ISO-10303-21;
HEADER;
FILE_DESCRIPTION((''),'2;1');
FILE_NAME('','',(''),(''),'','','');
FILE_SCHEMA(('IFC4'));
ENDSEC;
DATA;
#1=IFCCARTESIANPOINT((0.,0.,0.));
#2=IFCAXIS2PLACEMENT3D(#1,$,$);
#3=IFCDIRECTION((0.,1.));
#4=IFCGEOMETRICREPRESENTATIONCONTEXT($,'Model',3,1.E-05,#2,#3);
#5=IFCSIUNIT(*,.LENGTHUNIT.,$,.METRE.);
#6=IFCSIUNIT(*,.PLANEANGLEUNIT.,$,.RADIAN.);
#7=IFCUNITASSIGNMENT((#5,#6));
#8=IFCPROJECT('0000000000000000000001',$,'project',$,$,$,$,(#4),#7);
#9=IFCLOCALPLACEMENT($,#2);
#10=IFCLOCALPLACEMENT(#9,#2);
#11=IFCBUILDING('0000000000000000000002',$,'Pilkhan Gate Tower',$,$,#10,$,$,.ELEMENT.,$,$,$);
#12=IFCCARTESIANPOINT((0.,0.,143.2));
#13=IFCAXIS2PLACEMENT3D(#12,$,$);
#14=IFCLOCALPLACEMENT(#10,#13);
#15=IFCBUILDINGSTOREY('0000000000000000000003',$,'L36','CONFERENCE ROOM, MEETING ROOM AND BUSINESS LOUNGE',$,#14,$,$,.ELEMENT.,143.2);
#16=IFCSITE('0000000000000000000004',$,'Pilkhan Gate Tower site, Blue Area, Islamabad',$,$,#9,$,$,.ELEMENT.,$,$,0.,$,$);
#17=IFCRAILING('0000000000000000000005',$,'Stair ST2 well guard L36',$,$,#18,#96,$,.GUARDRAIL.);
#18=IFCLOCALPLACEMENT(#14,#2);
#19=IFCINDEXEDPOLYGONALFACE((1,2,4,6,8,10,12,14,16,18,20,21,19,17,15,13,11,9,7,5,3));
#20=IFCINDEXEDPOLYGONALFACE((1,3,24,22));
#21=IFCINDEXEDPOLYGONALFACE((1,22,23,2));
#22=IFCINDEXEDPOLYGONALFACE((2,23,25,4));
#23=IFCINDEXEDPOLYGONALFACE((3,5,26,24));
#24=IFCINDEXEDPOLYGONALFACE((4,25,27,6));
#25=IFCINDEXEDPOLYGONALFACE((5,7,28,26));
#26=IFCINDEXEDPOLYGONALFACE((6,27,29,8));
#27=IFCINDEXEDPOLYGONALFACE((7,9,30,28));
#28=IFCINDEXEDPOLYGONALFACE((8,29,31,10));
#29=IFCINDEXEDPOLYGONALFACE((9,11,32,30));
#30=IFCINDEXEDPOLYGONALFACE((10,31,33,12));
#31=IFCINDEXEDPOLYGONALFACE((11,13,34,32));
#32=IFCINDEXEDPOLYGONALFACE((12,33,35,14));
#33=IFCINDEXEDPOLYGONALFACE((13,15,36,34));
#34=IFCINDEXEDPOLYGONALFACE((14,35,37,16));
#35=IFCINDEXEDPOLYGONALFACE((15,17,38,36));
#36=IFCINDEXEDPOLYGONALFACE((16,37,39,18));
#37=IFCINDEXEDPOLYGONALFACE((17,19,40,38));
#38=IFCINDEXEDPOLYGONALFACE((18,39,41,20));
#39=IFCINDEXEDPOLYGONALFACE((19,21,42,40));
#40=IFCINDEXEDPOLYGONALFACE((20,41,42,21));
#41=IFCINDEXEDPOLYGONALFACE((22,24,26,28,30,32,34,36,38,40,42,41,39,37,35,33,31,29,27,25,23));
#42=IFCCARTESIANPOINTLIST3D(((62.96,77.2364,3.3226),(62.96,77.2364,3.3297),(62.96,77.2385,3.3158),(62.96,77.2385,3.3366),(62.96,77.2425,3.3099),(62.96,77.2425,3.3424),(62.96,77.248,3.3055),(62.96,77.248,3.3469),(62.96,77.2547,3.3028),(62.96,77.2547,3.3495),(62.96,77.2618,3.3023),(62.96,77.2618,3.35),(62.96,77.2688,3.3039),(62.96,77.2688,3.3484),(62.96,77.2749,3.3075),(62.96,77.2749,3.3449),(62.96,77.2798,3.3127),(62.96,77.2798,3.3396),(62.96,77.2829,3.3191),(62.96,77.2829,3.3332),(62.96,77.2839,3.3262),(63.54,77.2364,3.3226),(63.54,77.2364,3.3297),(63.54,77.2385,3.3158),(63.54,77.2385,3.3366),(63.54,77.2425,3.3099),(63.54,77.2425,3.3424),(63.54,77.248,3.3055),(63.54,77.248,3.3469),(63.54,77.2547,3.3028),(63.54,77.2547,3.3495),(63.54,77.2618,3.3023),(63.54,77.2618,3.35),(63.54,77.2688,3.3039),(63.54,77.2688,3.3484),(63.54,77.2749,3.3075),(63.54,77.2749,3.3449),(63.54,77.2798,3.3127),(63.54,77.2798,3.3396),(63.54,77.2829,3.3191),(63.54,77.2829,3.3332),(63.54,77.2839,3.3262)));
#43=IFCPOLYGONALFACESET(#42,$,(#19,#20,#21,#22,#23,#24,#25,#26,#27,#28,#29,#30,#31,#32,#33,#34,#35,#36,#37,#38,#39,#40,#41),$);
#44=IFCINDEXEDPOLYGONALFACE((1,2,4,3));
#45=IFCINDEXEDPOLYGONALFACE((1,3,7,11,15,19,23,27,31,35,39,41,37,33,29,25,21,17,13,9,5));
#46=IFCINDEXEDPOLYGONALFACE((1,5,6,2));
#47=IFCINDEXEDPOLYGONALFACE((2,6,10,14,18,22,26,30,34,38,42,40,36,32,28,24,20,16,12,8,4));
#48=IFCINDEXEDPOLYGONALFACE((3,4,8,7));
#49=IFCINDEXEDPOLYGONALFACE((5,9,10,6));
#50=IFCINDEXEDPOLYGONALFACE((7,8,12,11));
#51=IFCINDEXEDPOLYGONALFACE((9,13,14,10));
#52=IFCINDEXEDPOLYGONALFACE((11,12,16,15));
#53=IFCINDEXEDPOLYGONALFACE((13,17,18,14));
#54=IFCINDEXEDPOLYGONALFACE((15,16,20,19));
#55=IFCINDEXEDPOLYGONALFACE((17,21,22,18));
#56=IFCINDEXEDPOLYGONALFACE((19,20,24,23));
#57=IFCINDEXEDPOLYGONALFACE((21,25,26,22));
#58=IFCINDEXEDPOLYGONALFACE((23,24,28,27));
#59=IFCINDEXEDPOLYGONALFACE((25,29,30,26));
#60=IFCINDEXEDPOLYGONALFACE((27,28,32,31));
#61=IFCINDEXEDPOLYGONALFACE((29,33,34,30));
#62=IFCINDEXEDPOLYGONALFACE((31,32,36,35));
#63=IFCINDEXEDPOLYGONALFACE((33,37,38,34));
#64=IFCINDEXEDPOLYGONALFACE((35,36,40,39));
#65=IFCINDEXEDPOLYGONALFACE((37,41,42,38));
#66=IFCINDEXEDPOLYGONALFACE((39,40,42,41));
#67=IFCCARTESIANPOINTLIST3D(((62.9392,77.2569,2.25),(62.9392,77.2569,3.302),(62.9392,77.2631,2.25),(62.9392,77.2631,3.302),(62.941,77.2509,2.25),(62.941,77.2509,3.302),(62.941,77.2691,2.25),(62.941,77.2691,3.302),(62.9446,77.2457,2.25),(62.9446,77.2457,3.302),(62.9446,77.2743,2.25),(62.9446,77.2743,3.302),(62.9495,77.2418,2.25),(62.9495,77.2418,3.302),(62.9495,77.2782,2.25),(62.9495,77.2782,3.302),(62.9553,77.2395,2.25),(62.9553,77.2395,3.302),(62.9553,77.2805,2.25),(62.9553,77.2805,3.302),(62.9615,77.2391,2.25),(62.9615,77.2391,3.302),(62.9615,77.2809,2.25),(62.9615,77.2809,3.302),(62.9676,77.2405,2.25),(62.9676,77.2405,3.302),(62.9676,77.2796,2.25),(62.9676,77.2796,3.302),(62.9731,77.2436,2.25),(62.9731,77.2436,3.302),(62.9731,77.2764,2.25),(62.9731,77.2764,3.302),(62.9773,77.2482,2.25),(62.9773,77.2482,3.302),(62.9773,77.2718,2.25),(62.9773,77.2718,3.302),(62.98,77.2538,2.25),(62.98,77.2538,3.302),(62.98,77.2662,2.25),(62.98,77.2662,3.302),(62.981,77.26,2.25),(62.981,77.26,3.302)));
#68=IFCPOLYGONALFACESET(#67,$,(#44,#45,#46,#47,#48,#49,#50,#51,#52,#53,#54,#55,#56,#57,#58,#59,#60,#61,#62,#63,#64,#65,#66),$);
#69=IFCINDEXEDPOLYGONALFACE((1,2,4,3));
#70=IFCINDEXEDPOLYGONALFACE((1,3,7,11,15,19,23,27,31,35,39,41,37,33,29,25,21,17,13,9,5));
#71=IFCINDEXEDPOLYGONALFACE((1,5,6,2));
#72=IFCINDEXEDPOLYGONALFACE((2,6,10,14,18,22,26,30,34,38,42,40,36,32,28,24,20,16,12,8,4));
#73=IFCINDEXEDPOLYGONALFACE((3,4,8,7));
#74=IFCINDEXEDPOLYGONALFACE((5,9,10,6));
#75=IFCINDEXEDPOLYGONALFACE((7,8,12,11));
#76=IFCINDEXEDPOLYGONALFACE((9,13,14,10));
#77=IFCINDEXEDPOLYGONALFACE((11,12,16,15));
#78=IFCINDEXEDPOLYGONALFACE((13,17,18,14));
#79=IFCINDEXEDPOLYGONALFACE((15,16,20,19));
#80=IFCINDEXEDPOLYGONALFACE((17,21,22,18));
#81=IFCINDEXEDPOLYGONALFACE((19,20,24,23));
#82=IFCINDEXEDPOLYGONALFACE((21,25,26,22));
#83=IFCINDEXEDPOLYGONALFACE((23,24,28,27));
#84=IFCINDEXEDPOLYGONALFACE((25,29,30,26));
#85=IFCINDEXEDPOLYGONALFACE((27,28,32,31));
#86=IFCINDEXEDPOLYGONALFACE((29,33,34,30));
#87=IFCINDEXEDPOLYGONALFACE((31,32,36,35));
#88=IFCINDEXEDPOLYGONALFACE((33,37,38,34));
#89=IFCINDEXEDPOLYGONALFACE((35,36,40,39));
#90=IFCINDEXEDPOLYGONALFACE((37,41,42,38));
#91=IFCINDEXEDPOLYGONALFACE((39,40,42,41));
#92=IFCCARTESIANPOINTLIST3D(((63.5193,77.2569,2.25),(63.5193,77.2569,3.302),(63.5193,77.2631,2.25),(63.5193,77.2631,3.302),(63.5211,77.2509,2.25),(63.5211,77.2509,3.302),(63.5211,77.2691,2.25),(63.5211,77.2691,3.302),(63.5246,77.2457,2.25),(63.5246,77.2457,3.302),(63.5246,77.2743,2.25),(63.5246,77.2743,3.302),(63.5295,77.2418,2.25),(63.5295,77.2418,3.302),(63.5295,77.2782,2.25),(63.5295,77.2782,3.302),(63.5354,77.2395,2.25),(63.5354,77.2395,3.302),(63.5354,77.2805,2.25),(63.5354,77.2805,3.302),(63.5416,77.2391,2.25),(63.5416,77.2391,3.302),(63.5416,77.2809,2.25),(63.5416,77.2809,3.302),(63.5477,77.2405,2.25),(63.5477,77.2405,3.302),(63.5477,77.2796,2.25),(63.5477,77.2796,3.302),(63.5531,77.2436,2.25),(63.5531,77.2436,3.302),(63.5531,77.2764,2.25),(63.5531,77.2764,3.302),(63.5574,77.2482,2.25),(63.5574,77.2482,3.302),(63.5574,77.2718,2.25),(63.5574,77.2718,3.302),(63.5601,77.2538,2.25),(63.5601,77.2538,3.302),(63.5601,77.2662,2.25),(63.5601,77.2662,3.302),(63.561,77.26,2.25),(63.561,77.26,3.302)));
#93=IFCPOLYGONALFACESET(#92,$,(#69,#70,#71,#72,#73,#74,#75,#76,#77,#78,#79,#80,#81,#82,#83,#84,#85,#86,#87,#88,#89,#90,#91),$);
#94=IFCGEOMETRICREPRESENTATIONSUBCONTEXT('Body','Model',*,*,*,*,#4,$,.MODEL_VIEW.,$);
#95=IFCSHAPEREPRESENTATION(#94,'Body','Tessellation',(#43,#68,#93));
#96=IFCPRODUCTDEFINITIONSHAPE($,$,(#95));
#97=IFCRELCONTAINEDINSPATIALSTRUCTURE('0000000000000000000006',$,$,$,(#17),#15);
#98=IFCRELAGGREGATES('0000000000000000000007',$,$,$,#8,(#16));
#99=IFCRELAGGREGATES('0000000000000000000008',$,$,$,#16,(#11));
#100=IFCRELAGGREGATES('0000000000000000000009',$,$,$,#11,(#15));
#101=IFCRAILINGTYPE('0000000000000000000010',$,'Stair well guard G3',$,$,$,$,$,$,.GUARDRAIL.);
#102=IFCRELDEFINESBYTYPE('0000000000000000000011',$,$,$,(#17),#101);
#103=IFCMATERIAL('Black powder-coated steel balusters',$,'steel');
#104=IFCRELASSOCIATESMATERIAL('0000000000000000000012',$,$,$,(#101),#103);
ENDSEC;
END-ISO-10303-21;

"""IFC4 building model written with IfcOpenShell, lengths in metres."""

from ifc_helpers import new_model, si_unit, direction, frame, origin, origin_2d, place, context, subcontext, project, spatial, circle, extrude, material, type_object, element, save


model = new_model("IFC4")

# Units and contexts
model_context = context("Model", 3, precision=1e-05, world=origin(), true_north=direction((0.0, 1.0)))
body_context = subcontext(model_context, "Body", "Model", "MODEL_VIEW")
ifc_project = project(units=[si_unit("LENGTHUNIT", "METRE"), si_unit("PLANEANGLEUNIT", "RADIAN")], contexts=[model_context])

# Site, building, storey
site_placement = place(None, origin())
site = spatial("IfcSite", under=ifc_project, at=site_placement, Name="Pilkhan Gate Tower site, Blue Area, Islamabad", CompositionType="ELEMENT", RefElevation=0.0)
building_placement = place(site_placement, origin())
building = spatial("IfcBuilding", under=site, at=building_placement, Name="Pilkhan Gate Tower", CompositionType="ELEMENT")
storey_placement = place(building_placement, frame((0.0, 0.0, 143.2)))
storey = spatial("IfcBuildingStorey", under=building, at=storey_placement, Name="L36", Description="CONFERENCE ROOM, MEETING ROOM AND BUSINESS LOUNGE", CompositionType="ELEMENT", Elevation=143.2)

# Railing
ifc_material_1 = material(Name="Black powder-coated steel balusters", Category="steel")
railing_type_1 = type_object("IfcRailingType", Name="Stair well guard G3", PredefinedType="GUARDRAIL", material=ifc_material_1)
for number, where, name in (
    (1, (62.96, 77.26, 2.25), "Stair ST2 well guard L36"),
):
    element("IfcRailing", number, at=place(storey_placement, frame(where)), inside=storey, type_object=railing_type_1, Name=name, PredefinedType="GUARDRAIL", context=body_context, shape_type="SweptSolid", body=[
        extrude(circle(Radius=0.0239, at=origin_2d()), frame((0.0, 0.0, 1.0762), z_axis=(1.0, 0.0, 0.0), x_axis=(0.0, 1.0, 0.0)), (0.0, 0.0, 1.0), 0.5801),
        extrude(circle(Radius=0.021, at=origin_2d()), origin(), (0.0, 0.0, 1.0), 1.052),
        extrude(circle(Radius=0.021, at=origin_2d()), frame((0.5801, 0.0, 0.0)), (0.0, 0.0, 1.0), 1.052),
    ])

save(model, "model.ifc")
